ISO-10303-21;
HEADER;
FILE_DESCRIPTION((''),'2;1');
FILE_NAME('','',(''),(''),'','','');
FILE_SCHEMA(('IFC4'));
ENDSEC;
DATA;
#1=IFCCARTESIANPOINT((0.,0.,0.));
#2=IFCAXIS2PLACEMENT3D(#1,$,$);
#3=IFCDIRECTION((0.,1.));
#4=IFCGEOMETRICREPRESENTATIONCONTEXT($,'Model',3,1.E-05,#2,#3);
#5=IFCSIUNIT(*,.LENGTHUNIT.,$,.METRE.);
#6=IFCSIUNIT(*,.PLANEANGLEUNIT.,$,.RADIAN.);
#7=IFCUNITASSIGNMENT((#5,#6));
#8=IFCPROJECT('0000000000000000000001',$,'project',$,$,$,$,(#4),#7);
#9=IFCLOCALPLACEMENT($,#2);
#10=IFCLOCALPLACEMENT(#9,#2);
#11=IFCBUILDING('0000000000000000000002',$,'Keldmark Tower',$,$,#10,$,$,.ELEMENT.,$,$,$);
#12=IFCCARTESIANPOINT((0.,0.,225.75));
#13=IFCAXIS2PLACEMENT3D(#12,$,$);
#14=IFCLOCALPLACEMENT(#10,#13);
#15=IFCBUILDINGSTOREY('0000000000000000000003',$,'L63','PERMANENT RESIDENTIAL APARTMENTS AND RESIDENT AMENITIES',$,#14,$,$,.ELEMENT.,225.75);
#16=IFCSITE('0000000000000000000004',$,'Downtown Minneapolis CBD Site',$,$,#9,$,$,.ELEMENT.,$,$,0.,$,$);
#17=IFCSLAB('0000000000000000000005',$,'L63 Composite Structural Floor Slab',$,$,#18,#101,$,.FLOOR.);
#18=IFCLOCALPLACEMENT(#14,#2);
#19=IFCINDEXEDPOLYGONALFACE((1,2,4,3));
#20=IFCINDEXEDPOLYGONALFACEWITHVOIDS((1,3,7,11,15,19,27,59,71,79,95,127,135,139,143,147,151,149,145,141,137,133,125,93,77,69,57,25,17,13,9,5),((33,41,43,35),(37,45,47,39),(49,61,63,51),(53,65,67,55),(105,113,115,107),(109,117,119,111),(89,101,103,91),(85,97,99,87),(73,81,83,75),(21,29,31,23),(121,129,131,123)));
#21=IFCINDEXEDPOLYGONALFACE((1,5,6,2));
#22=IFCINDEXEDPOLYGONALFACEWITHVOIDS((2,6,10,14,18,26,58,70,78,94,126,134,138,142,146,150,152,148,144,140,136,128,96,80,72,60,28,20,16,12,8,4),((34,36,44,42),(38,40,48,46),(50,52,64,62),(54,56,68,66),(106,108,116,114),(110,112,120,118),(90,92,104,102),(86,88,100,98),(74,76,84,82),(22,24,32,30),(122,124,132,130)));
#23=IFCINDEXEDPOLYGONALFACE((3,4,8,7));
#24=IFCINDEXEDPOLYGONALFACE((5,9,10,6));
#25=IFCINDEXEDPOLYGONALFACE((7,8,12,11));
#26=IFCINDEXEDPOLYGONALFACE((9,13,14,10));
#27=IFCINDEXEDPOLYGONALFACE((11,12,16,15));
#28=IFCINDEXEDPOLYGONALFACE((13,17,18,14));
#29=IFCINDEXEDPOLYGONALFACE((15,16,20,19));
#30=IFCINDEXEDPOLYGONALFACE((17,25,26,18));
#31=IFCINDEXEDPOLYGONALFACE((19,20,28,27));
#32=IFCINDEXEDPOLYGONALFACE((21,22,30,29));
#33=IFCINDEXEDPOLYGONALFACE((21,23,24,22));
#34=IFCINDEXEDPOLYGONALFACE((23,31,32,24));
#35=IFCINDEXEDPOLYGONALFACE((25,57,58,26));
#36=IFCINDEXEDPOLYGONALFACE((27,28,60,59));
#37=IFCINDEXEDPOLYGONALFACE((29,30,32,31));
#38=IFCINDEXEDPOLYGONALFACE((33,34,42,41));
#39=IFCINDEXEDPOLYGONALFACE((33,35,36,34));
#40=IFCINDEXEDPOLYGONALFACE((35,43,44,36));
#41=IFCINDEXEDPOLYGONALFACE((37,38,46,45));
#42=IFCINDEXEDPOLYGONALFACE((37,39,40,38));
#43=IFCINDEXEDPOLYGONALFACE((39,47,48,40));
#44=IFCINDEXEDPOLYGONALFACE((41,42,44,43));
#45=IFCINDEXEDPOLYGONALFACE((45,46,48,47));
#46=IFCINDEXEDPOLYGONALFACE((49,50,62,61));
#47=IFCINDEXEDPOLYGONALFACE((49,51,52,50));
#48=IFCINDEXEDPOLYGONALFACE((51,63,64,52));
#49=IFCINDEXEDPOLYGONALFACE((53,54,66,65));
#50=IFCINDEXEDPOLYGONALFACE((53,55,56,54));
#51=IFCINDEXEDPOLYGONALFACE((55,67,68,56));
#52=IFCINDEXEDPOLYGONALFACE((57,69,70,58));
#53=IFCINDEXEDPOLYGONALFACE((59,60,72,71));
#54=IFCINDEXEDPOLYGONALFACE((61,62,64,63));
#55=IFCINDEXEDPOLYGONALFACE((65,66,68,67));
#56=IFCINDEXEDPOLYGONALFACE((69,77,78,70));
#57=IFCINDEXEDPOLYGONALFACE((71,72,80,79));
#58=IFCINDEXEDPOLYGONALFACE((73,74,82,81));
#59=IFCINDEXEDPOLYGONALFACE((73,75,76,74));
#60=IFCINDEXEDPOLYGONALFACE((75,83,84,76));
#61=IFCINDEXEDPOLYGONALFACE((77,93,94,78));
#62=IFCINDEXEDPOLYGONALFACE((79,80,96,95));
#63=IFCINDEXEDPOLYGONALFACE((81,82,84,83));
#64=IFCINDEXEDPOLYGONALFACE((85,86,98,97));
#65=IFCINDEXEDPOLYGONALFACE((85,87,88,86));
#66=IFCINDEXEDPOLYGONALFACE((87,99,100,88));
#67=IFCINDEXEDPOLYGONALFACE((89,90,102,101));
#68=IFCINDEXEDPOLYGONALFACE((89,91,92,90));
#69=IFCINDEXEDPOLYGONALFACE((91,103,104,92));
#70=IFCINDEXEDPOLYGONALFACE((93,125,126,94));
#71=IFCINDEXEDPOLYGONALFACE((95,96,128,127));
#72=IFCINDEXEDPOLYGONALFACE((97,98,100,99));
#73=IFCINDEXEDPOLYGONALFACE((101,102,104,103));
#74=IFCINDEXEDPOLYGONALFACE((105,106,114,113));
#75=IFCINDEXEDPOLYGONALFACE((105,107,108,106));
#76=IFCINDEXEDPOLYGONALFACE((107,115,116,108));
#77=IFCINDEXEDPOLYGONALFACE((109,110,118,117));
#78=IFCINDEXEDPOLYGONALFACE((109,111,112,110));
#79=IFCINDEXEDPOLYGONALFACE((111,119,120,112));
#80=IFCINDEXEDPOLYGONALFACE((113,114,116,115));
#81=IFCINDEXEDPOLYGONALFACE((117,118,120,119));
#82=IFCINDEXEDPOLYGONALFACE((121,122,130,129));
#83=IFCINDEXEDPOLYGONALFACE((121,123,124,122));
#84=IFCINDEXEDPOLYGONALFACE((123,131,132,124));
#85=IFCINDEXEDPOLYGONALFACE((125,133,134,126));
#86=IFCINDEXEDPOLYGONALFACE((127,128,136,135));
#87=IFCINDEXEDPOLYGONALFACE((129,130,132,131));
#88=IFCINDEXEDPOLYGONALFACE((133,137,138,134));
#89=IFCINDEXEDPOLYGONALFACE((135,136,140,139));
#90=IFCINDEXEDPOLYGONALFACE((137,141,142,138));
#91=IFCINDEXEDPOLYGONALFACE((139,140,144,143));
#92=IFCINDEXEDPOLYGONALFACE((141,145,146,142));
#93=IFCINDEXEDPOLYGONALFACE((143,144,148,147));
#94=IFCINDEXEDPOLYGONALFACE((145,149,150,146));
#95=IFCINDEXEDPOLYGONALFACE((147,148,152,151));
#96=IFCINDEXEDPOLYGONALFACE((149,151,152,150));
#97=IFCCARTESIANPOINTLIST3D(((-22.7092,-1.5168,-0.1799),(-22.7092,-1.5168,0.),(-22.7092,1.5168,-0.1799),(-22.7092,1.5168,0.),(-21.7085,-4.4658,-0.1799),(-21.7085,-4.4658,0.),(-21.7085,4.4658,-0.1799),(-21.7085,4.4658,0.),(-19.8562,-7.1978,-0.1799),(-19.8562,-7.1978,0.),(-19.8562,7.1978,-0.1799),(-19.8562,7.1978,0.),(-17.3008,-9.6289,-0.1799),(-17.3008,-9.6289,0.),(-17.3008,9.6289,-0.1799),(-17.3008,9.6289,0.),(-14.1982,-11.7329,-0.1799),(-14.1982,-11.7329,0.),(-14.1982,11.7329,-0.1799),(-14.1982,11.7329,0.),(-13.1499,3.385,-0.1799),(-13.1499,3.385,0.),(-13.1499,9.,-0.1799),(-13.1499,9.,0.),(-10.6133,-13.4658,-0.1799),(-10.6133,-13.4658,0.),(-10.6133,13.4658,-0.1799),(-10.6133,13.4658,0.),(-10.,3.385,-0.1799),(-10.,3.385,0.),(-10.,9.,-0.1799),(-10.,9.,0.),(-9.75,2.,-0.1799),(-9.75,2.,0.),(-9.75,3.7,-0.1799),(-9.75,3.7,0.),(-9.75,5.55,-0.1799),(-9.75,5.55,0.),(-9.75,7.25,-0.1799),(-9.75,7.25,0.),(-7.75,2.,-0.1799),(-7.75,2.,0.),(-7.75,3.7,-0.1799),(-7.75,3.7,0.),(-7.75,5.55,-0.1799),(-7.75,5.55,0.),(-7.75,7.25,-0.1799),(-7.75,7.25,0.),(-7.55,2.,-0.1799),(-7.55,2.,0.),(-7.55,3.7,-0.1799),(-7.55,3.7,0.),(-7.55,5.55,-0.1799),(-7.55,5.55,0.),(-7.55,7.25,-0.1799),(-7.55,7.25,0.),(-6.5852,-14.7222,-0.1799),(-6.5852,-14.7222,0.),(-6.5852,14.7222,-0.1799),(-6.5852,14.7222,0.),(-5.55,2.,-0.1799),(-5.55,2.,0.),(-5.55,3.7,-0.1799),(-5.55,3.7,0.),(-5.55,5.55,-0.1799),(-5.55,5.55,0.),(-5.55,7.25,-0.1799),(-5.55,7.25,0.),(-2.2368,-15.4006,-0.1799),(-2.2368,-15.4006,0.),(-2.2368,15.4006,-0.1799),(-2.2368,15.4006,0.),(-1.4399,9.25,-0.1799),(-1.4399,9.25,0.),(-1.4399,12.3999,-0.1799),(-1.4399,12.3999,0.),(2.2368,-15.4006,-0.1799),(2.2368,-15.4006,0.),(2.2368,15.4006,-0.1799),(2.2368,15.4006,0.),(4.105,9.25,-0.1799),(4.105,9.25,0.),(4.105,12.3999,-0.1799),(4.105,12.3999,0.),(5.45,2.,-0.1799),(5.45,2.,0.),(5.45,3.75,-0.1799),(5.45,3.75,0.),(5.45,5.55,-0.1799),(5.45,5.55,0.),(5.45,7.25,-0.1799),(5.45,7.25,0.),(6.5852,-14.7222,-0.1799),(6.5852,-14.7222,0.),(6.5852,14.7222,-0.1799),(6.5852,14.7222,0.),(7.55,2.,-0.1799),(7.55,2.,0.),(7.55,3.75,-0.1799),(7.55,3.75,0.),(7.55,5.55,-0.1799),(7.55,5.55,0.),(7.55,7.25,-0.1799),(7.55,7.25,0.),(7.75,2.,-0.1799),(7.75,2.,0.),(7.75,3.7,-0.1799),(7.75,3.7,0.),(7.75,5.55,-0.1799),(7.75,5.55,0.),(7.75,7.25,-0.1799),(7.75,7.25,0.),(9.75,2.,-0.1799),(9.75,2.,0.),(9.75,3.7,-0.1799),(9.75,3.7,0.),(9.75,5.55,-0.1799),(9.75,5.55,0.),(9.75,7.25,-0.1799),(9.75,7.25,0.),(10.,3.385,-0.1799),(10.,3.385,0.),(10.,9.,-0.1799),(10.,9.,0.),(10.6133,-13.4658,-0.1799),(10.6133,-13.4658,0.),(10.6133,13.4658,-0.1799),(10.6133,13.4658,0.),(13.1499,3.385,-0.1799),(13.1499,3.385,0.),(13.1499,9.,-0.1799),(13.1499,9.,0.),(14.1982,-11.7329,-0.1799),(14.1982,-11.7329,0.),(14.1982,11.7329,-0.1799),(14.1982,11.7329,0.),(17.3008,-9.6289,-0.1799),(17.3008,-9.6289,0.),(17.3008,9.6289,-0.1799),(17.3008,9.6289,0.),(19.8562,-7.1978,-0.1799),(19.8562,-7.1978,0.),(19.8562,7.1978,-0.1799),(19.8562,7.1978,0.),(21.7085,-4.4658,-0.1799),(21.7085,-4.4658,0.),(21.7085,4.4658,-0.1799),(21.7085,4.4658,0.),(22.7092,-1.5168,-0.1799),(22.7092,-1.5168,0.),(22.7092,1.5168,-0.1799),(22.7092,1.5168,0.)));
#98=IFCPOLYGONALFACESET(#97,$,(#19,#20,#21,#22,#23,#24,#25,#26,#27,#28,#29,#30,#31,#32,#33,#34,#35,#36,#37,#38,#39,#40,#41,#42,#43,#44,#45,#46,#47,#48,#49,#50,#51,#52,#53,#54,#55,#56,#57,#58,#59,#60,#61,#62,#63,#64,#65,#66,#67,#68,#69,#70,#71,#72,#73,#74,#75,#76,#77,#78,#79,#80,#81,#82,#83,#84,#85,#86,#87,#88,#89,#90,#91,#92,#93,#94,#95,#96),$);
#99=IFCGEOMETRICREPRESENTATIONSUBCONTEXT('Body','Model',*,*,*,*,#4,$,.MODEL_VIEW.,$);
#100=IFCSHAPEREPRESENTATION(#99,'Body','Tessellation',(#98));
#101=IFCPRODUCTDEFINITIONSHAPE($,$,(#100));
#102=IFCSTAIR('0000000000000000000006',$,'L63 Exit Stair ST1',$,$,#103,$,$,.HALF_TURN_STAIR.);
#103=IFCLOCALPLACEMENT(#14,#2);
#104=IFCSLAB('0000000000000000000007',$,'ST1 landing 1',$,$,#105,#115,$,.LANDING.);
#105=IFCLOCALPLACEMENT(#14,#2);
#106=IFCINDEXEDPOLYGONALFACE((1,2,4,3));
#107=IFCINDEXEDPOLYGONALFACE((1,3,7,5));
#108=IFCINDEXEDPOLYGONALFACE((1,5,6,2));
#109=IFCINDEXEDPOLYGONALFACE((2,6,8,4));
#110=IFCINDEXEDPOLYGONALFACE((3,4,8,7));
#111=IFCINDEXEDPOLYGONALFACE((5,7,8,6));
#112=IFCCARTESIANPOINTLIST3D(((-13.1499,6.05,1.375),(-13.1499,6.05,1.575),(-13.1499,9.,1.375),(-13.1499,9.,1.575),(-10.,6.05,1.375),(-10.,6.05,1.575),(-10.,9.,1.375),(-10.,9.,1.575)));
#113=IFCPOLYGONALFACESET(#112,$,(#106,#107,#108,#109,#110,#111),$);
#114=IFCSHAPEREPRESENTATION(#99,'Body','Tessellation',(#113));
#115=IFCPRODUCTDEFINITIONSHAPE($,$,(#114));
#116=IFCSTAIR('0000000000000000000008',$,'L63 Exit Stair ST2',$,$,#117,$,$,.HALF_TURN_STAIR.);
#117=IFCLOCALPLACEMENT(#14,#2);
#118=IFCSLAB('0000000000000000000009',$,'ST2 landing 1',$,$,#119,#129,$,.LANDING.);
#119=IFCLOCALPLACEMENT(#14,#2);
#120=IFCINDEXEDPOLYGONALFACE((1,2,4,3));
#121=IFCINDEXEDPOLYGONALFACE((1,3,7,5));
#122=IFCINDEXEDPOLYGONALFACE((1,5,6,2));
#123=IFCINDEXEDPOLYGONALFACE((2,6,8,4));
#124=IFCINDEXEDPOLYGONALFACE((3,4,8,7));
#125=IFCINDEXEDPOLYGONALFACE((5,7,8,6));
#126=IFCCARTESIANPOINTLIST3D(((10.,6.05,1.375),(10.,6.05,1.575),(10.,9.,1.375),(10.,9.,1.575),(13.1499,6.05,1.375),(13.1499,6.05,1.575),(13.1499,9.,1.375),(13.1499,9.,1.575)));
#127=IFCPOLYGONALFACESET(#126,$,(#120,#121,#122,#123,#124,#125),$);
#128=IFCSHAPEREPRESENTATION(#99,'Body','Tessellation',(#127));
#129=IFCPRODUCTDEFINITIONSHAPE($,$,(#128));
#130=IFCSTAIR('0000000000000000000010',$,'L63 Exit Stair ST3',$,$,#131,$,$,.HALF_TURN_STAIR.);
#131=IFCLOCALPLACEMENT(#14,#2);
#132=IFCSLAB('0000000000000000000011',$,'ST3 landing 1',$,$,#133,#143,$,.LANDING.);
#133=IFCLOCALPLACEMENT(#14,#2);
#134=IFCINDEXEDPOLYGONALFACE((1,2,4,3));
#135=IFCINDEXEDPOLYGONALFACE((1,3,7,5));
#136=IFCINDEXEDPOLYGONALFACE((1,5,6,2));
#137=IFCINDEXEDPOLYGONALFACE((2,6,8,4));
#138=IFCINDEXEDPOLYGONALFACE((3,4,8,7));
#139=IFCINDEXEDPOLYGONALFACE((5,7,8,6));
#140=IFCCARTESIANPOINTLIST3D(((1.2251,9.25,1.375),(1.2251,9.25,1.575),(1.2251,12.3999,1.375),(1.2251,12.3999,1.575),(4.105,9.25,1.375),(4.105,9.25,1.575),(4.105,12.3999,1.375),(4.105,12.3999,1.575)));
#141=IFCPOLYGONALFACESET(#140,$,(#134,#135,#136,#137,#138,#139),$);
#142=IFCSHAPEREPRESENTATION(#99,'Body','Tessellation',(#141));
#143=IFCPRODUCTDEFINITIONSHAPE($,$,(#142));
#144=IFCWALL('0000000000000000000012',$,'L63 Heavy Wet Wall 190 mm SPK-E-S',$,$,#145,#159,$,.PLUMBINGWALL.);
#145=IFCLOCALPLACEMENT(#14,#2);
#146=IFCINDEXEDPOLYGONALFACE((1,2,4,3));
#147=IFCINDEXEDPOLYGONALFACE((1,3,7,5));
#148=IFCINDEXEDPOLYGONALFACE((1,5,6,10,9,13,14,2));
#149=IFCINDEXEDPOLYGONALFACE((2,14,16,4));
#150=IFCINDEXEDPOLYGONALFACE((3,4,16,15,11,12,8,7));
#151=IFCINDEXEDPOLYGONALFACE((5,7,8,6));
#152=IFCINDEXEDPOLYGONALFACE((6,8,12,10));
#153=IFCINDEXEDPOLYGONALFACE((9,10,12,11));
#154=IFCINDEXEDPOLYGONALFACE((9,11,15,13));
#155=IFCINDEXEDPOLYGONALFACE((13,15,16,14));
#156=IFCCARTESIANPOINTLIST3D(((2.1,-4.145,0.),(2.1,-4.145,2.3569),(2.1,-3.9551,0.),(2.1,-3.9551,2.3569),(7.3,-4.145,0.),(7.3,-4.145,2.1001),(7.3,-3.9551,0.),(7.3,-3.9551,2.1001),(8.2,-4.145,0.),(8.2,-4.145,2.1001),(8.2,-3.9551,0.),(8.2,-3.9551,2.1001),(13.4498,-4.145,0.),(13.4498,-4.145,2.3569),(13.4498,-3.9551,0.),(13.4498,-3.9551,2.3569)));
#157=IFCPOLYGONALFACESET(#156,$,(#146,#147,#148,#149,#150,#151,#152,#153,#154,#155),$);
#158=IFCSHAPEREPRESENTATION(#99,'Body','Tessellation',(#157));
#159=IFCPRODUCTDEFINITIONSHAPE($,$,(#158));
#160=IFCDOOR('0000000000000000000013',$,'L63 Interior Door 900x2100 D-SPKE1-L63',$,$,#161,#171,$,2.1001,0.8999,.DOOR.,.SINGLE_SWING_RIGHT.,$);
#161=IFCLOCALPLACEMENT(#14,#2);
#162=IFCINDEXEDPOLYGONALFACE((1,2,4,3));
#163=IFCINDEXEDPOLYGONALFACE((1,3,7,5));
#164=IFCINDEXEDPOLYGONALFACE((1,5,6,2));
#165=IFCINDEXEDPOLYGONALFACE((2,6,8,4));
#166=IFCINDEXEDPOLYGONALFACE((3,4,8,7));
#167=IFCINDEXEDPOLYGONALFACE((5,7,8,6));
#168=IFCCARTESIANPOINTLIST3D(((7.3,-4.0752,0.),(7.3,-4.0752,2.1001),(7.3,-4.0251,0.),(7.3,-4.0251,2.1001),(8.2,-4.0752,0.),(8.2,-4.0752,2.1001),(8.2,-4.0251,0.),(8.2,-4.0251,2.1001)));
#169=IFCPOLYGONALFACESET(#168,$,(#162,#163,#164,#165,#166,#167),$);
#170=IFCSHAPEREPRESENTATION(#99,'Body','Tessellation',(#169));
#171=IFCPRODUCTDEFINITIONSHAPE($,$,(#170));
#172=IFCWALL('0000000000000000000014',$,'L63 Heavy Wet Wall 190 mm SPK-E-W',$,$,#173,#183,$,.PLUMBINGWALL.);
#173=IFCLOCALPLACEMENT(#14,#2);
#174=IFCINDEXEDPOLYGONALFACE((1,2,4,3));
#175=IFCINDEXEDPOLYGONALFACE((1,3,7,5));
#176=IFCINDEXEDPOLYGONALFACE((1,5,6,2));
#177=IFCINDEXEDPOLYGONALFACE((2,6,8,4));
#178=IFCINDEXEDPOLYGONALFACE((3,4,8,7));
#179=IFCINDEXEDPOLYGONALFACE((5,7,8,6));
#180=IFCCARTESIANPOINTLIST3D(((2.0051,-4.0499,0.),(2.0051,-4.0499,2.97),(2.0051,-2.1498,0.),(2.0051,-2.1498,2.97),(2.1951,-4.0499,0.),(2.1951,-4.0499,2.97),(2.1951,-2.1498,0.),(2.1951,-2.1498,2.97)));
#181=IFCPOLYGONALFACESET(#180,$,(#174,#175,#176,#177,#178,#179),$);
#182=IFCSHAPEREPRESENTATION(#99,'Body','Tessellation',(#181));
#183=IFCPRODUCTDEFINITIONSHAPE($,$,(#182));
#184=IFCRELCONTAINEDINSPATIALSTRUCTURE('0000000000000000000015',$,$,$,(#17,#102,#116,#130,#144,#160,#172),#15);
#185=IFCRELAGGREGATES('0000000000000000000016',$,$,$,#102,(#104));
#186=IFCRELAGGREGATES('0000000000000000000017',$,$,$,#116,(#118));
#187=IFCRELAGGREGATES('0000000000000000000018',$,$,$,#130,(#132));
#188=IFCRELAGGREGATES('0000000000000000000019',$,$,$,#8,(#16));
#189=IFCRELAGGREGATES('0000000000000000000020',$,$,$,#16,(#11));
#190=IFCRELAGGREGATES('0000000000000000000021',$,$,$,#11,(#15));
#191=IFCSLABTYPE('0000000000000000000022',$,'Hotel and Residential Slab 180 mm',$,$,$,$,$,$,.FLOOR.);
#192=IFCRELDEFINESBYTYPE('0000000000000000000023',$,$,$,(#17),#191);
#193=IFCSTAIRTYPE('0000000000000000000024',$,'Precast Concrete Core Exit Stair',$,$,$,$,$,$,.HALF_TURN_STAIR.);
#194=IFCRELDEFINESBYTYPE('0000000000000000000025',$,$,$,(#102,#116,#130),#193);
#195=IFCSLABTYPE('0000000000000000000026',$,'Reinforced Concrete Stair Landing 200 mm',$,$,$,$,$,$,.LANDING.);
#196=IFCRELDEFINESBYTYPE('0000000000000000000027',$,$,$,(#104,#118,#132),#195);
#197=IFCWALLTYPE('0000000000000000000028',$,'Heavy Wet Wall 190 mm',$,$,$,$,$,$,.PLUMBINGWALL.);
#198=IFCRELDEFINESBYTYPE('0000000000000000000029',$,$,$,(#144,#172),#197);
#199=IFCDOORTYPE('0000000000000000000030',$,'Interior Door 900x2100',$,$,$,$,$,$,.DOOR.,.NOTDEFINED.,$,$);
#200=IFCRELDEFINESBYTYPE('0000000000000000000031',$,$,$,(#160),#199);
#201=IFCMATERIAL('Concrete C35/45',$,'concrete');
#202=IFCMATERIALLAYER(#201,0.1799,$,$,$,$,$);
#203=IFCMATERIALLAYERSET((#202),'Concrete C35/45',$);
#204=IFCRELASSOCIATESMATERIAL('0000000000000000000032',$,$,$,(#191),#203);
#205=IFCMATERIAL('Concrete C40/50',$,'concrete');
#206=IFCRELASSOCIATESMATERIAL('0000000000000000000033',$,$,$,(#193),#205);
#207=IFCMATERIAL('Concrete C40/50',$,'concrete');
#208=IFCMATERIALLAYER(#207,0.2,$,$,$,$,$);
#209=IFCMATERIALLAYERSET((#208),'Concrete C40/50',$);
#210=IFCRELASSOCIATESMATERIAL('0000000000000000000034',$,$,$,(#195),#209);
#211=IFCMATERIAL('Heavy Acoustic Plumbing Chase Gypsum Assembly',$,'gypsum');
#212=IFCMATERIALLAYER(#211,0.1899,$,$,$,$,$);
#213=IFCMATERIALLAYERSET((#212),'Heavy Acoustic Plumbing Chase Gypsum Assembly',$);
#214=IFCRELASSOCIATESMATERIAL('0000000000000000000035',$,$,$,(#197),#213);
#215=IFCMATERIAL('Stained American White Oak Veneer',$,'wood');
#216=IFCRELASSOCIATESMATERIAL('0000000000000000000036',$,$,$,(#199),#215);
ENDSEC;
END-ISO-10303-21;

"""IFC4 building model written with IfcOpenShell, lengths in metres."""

from ifc_helpers import new_model, si_unit, direction, frame, frame_2d, origin, place, context, subcontext, project, spatial, polyline, rectangle, outline, extrude, material, layer, layer_set, type_object, element, fill, aggregate, save


model = new_model("IFC4")

# Units and contexts
model_context = context("Model", 3, precision=1e-05, world=origin(), true_north=direction((0.0, 1.0)))
body_context = subcontext(model_context, "Body", "Model", "MODEL_VIEW")
ifc_project = project(units=[si_unit("LENGTHUNIT", "METRE"), si_unit("PLANEANGLEUNIT", "RADIAN")], contexts=[model_context])

# Site, building, storey
site_placement = place(None, origin())
site = spatial("IfcSite", under=ifc_project, at=site_placement, Name="Downtown Minneapolis CBD Site", CompositionType="ELEMENT", RefElevation=0.0)
building_placement = place(site_placement, origin())
building = spatial("IfcBuilding", under=site, at=building_placement, Name="Keldmark Tower", CompositionType="ELEMENT")
storey_placement = place(building_placement, frame((0.0, 0.0, 225.75)))
storey = spatial("IfcBuildingStorey", under=building, at=storey_placement, Name="L63", Description="PERMANENT RESIDENTIAL APARTMENTS AND RESIDENT AMENITIES", CompositionType="ELEMENT", Elevation=225.75)

# Slab
ifc_material_1 = material(Name="Concrete C35/45", Category="concrete")
ifc_layer_1 = layer(ifc_material_1, 0.1799)
ifc_layer_set_1 = layer_set([ifc_layer_1], Name="Concrete C35/45")
slab_type_1 = type_object("IfcSlabType", Name="Hotel and Residential Slab 180 mm", PredefinedType="FLOOR", material=ifc_layer_set_1)
slab_1_placement = place(storey_placement, frame((0.0, 0.0, -0.1799)))
element("IfcSlab", 1, at=slab_1_placement, inside=storey, type_object=slab_type_1, Name="L63 Composite Structural Floor Slab", PredefinedType="FLOOR", context=body_context, shape_type="SweptSolid", body=[
    extrude(outline(polyline([(22.7092, 1.5168), (21.7085, 4.4658), (19.8562, 7.1978), (17.3008, 9.6289), (14.1982, 11.7329), (10.6133, 13.4658), (6.5852, 14.7222), (2.2368, 15.4006), (-2.2368, 15.4006), (-6.5852, 14.7222), (-10.6133, 13.4658), (-14.1982, 11.7329), (-17.3008, 9.6289), (-19.8562, 7.1978), (-21.7085, 4.4658), (-22.7092, 1.5168), (-22.7092, -1.5168), (-21.7085, -4.4658), (-19.8562, -7.1978), (-17.3008, -9.6289), (-14.1982, -11.7329), (-10.6133, -13.4658), (-6.5852, -14.7222), (-2.2368, -15.4006), (2.2368, -15.4006), (6.5852, -14.7222), (10.6133, -13.4658), (14.1982, -11.7329), (17.3008, -9.6289), (19.8562, -7.1978), (21.7085, -4.4658), (22.7092, -1.5168), (22.7092, 1.5168)]), holes=[polyline([(-10.0, 3.385), (-10.0, 9.0), (-13.1499, 9.0), (-13.1499, 3.385), (-10.0, 3.385)]), polyline([(13.1499, 3.385), (13.1499, 9.0), (10.0, 9.0), (10.0, 3.385), (13.1499, 3.385)]), polyline([(-1.4399, 9.25), (4.105, 9.25), (4.105, 12.3999), (-1.4399, 12.3999), (-1.4399, 9.25)]), polyline([(-9.75, 2.0), (-7.75, 2.0), (-7.75, 3.7), (-9.75, 3.7), (-9.75, 2.0)]), polyline([(7.75, 2.0), (9.75, 2.0), (9.75, 3.7), (7.75, 3.7), (7.75, 2.0)]), polyline([(5.45, 2.0), (7.55, 2.0), (7.55, 3.75), (5.45, 3.75), (5.45, 2.0)]), polyline([(-9.75, 5.55), (-7.75, 5.55), (-7.75, 7.25), (-9.75, 7.25), (-9.75, 5.55)]), polyline([(-7.55, 5.55), (-5.55, 5.55), (-5.55, 7.25), (-7.55, 7.25), (-7.55, 5.55)]), polyline([(-7.55, 2.0), (-5.55, 2.0), (-5.55, 3.7), (-7.55, 3.7), (-7.55, 2.0)]), polyline([(5.45, 5.55), (7.55, 5.55), (7.55, 7.25), (5.45, 7.25), (5.45, 5.55)]), polyline([(7.75, 5.55), (9.75, 5.55), (9.75, 7.25), (7.75, 7.25), (7.75, 5.55)])]), origin(), (0.0, 0.0, 1.0), 0.1799),
])

# Stairs, slabs
ifc_material_2 = material(Name="Concrete C40/50", Category="concrete")
stair_type = type_object("IfcStairType", Name="Precast Concrete Core Exit Stair", PredefinedType="HALF_TURN_STAIR", material=ifc_material_2)
stair_1_placement = place(storey_placement, origin())
stair_1 = element("IfcStair", 2, at=stair_1_placement, inside=storey, type_object=stair_type, Name="L63 Exit Stair ST1", PredefinedType="HALF_TURN_STAIR")
ifc_material_3 = material(Name="Concrete C40/50", Category="concrete")
ifc_layer_2 = layer(ifc_material_3, 0.2)
ifc_layer_set_2 = layer_set([ifc_layer_2], Name="Concrete C40/50")
slab_type_2 = type_object("IfcSlabType", Name="Reinforced Concrete Stair Landing 200 mm", PredefinedType="LANDING", material=ifc_layer_set_2)
slab_2_placement = place(storey_placement, frame((0.0, 0.0, 1.375)))
slab_2 = element("IfcSlab", 3, at=slab_2_placement, type_object=slab_type_2, Name="ST1 landing 1", PredefinedType="LANDING", context=body_context, shape_type="SweptSolid", body=[
    extrude(outline(polyline([(-10.0, 6.05), (-10.0, 9.0), (-13.1499, 9.0), (-13.1499, 6.05), (-10.0, 6.05)])), origin(), (0.0, 0.0, 1.0), 0.2),
])
aggregate(stair_1, [slab_2])
stair_2_placement = place(storey_placement, origin())
stair_2 = element("IfcStair", 4, at=stair_2_placement, inside=storey, type_object=stair_type, Name="L63 Exit Stair ST2", PredefinedType="HALF_TURN_STAIR")
slab_3_placement = place(storey_placement, frame((0.0, 0.0, 1.375)))
slab_3 = element("IfcSlab", 5, at=slab_3_placement, type_object=slab_type_2, Name="ST2 landing 1", PredefinedType="LANDING", context=body_context, shape_type="SweptSolid", body=[
    extrude(outline(polyline([(13.1499, 6.05), (13.1499, 9.0), (10.0, 9.0), (10.0, 6.05), (13.1499, 6.05)])), origin(), (0.0, 0.0, 1.0), 0.2),
])
aggregate(stair_2, [slab_3])
stair_3_placement = place(storey_placement, origin())
stair_3 = element("IfcStair", 6, at=stair_3_placement, inside=storey, type_object=stair_type, Name="L63 Exit Stair ST3", PredefinedType="HALF_TURN_STAIR")
slab_4_placement = place(storey_placement, frame((0.0, 0.0, 1.375)))
slab_4 = element("IfcSlab", 7, at=slab_4_placement, type_object=slab_type_2, Name="ST3 landing 1", PredefinedType="LANDING", context=body_context, shape_type="SweptSolid", body=[
    extrude(outline(polyline([(1.2251, 9.25), (4.105, 9.25), (4.105, 12.3999), (1.2251, 12.3999), (1.2251, 9.25)])), origin(), (0.0, 0.0, 1.0), 0.2),
])
aggregate(stair_3, [slab_4])

# Wall, opening, door
ifc_material_4 = material(Name="Heavy Acoustic Plumbing Chase Gypsum Assembly", Category="gypsum")
ifc_layer_3 = layer(ifc_material_4, 0.1899)
ifc_layer_set_3 = layer_set([ifc_layer_3], Name="Heavy Acoustic Plumbing Chase Gypsum Assembly")
wall_type_1 = type_object("IfcWallType", Name="Heavy Wet Wall 190 mm", PredefinedType="PLUMBINGWALL", material=ifc_layer_set_3)
wall_1_placement = place(storey_placement, frame((2.1001, -4.05, 0.0), z_axis=(0.0, 0.0, 1.0), x_axis=(1.0, 0.0, 0.0)))
wall_1 = element("IfcWall", 8, at=wall_1_placement, inside=storey, type_object=wall_type_1, Name="L63 Heavy Wet Wall 190 mm SPK-E-S", PredefinedType="PLUMBINGWALL", context=body_context, shape_type="SweptSolid", body=[
    extrude(rectangle(XDim=11.3499, YDim=0.1899, at=frame_2d((5.6748, 0.0))), origin(), (0.0, 0.0, 1.0), 2.3569),
])
opening_1_placement = place(wall_1_placement, frame((5.2, 0.0, 0.0)))
opening_1 = element("IfcOpeningElement", 9, at=opening_1_placement, cuts=wall_1, PredefinedType="OPENING", context=body_context, shape_type="SweptSolid", body=[
    extrude(rectangle(XDim=0.8999, YDim=2.1001, at=frame_2d((0.45, 1.05))), frame((0.0, 0.105, 0.0), z_axis=(0.0, -1.0, 0.0), x_axis=(1.0, 0.0, 0.0)), (0.0, 0.0, 1.0), 0.21),
])
ifc_material_5 = material(Name="Stained American White Oak Veneer", Category="wood")
door_type_1 = type_object("IfcDoorType", Name="Interior Door 900x2100", OperationType="NOTDEFINED", PredefinedType="DOOR", material=ifc_material_5)
door_1_placement = place(opening_1_placement, origin())
door_1 = element("IfcDoor", 10, at=door_1_placement, inside=storey, type_object=door_type_1, Name="L63 Interior Door 900x2100 D-SPKE1-L63", OperationType="SINGLE_SWING_RIGHT", OverallHeight=2.1001, OverallWidth=0.8999, PredefinedType="DOOR", context=body_context, shape_type="SweptSolid", body=[
    extrude(rectangle(XDim=0.8999, YDim=2.1001, at=frame_2d((0.45, 1.05))), frame((0.0, 0.0249, 0.0), z_axis=(0.0, -1.0, 0.0), x_axis=(1.0, 0.0, 0.0)), (0.0, 0.0, 1.0), 0.05),
])
fill(opening_1, door_1)

# Wall
wall_2_placement = place(storey_placement, frame((2.1001, -4.05, 0.0), z_axis=(0.0, 0.0, 1.0), x_axis=(0.0, 1.0, 0.0)))
element("IfcWall", 11, at=wall_2_placement, inside=storey, type_object=wall_type_1, Name="L63 Heavy Wet Wall 190 mm SPK-E-W", PredefinedType="PLUMBINGWALL", context=body_context, shape_type="SweptSolid", body=[
    extrude(rectangle(XDim=1.9001, YDim=0.1899, at=frame_2d((0.9502, 0.0))), origin(), (0.0, 0.0, 1.0), 2.97),
])

save(model, "model.ifc")
